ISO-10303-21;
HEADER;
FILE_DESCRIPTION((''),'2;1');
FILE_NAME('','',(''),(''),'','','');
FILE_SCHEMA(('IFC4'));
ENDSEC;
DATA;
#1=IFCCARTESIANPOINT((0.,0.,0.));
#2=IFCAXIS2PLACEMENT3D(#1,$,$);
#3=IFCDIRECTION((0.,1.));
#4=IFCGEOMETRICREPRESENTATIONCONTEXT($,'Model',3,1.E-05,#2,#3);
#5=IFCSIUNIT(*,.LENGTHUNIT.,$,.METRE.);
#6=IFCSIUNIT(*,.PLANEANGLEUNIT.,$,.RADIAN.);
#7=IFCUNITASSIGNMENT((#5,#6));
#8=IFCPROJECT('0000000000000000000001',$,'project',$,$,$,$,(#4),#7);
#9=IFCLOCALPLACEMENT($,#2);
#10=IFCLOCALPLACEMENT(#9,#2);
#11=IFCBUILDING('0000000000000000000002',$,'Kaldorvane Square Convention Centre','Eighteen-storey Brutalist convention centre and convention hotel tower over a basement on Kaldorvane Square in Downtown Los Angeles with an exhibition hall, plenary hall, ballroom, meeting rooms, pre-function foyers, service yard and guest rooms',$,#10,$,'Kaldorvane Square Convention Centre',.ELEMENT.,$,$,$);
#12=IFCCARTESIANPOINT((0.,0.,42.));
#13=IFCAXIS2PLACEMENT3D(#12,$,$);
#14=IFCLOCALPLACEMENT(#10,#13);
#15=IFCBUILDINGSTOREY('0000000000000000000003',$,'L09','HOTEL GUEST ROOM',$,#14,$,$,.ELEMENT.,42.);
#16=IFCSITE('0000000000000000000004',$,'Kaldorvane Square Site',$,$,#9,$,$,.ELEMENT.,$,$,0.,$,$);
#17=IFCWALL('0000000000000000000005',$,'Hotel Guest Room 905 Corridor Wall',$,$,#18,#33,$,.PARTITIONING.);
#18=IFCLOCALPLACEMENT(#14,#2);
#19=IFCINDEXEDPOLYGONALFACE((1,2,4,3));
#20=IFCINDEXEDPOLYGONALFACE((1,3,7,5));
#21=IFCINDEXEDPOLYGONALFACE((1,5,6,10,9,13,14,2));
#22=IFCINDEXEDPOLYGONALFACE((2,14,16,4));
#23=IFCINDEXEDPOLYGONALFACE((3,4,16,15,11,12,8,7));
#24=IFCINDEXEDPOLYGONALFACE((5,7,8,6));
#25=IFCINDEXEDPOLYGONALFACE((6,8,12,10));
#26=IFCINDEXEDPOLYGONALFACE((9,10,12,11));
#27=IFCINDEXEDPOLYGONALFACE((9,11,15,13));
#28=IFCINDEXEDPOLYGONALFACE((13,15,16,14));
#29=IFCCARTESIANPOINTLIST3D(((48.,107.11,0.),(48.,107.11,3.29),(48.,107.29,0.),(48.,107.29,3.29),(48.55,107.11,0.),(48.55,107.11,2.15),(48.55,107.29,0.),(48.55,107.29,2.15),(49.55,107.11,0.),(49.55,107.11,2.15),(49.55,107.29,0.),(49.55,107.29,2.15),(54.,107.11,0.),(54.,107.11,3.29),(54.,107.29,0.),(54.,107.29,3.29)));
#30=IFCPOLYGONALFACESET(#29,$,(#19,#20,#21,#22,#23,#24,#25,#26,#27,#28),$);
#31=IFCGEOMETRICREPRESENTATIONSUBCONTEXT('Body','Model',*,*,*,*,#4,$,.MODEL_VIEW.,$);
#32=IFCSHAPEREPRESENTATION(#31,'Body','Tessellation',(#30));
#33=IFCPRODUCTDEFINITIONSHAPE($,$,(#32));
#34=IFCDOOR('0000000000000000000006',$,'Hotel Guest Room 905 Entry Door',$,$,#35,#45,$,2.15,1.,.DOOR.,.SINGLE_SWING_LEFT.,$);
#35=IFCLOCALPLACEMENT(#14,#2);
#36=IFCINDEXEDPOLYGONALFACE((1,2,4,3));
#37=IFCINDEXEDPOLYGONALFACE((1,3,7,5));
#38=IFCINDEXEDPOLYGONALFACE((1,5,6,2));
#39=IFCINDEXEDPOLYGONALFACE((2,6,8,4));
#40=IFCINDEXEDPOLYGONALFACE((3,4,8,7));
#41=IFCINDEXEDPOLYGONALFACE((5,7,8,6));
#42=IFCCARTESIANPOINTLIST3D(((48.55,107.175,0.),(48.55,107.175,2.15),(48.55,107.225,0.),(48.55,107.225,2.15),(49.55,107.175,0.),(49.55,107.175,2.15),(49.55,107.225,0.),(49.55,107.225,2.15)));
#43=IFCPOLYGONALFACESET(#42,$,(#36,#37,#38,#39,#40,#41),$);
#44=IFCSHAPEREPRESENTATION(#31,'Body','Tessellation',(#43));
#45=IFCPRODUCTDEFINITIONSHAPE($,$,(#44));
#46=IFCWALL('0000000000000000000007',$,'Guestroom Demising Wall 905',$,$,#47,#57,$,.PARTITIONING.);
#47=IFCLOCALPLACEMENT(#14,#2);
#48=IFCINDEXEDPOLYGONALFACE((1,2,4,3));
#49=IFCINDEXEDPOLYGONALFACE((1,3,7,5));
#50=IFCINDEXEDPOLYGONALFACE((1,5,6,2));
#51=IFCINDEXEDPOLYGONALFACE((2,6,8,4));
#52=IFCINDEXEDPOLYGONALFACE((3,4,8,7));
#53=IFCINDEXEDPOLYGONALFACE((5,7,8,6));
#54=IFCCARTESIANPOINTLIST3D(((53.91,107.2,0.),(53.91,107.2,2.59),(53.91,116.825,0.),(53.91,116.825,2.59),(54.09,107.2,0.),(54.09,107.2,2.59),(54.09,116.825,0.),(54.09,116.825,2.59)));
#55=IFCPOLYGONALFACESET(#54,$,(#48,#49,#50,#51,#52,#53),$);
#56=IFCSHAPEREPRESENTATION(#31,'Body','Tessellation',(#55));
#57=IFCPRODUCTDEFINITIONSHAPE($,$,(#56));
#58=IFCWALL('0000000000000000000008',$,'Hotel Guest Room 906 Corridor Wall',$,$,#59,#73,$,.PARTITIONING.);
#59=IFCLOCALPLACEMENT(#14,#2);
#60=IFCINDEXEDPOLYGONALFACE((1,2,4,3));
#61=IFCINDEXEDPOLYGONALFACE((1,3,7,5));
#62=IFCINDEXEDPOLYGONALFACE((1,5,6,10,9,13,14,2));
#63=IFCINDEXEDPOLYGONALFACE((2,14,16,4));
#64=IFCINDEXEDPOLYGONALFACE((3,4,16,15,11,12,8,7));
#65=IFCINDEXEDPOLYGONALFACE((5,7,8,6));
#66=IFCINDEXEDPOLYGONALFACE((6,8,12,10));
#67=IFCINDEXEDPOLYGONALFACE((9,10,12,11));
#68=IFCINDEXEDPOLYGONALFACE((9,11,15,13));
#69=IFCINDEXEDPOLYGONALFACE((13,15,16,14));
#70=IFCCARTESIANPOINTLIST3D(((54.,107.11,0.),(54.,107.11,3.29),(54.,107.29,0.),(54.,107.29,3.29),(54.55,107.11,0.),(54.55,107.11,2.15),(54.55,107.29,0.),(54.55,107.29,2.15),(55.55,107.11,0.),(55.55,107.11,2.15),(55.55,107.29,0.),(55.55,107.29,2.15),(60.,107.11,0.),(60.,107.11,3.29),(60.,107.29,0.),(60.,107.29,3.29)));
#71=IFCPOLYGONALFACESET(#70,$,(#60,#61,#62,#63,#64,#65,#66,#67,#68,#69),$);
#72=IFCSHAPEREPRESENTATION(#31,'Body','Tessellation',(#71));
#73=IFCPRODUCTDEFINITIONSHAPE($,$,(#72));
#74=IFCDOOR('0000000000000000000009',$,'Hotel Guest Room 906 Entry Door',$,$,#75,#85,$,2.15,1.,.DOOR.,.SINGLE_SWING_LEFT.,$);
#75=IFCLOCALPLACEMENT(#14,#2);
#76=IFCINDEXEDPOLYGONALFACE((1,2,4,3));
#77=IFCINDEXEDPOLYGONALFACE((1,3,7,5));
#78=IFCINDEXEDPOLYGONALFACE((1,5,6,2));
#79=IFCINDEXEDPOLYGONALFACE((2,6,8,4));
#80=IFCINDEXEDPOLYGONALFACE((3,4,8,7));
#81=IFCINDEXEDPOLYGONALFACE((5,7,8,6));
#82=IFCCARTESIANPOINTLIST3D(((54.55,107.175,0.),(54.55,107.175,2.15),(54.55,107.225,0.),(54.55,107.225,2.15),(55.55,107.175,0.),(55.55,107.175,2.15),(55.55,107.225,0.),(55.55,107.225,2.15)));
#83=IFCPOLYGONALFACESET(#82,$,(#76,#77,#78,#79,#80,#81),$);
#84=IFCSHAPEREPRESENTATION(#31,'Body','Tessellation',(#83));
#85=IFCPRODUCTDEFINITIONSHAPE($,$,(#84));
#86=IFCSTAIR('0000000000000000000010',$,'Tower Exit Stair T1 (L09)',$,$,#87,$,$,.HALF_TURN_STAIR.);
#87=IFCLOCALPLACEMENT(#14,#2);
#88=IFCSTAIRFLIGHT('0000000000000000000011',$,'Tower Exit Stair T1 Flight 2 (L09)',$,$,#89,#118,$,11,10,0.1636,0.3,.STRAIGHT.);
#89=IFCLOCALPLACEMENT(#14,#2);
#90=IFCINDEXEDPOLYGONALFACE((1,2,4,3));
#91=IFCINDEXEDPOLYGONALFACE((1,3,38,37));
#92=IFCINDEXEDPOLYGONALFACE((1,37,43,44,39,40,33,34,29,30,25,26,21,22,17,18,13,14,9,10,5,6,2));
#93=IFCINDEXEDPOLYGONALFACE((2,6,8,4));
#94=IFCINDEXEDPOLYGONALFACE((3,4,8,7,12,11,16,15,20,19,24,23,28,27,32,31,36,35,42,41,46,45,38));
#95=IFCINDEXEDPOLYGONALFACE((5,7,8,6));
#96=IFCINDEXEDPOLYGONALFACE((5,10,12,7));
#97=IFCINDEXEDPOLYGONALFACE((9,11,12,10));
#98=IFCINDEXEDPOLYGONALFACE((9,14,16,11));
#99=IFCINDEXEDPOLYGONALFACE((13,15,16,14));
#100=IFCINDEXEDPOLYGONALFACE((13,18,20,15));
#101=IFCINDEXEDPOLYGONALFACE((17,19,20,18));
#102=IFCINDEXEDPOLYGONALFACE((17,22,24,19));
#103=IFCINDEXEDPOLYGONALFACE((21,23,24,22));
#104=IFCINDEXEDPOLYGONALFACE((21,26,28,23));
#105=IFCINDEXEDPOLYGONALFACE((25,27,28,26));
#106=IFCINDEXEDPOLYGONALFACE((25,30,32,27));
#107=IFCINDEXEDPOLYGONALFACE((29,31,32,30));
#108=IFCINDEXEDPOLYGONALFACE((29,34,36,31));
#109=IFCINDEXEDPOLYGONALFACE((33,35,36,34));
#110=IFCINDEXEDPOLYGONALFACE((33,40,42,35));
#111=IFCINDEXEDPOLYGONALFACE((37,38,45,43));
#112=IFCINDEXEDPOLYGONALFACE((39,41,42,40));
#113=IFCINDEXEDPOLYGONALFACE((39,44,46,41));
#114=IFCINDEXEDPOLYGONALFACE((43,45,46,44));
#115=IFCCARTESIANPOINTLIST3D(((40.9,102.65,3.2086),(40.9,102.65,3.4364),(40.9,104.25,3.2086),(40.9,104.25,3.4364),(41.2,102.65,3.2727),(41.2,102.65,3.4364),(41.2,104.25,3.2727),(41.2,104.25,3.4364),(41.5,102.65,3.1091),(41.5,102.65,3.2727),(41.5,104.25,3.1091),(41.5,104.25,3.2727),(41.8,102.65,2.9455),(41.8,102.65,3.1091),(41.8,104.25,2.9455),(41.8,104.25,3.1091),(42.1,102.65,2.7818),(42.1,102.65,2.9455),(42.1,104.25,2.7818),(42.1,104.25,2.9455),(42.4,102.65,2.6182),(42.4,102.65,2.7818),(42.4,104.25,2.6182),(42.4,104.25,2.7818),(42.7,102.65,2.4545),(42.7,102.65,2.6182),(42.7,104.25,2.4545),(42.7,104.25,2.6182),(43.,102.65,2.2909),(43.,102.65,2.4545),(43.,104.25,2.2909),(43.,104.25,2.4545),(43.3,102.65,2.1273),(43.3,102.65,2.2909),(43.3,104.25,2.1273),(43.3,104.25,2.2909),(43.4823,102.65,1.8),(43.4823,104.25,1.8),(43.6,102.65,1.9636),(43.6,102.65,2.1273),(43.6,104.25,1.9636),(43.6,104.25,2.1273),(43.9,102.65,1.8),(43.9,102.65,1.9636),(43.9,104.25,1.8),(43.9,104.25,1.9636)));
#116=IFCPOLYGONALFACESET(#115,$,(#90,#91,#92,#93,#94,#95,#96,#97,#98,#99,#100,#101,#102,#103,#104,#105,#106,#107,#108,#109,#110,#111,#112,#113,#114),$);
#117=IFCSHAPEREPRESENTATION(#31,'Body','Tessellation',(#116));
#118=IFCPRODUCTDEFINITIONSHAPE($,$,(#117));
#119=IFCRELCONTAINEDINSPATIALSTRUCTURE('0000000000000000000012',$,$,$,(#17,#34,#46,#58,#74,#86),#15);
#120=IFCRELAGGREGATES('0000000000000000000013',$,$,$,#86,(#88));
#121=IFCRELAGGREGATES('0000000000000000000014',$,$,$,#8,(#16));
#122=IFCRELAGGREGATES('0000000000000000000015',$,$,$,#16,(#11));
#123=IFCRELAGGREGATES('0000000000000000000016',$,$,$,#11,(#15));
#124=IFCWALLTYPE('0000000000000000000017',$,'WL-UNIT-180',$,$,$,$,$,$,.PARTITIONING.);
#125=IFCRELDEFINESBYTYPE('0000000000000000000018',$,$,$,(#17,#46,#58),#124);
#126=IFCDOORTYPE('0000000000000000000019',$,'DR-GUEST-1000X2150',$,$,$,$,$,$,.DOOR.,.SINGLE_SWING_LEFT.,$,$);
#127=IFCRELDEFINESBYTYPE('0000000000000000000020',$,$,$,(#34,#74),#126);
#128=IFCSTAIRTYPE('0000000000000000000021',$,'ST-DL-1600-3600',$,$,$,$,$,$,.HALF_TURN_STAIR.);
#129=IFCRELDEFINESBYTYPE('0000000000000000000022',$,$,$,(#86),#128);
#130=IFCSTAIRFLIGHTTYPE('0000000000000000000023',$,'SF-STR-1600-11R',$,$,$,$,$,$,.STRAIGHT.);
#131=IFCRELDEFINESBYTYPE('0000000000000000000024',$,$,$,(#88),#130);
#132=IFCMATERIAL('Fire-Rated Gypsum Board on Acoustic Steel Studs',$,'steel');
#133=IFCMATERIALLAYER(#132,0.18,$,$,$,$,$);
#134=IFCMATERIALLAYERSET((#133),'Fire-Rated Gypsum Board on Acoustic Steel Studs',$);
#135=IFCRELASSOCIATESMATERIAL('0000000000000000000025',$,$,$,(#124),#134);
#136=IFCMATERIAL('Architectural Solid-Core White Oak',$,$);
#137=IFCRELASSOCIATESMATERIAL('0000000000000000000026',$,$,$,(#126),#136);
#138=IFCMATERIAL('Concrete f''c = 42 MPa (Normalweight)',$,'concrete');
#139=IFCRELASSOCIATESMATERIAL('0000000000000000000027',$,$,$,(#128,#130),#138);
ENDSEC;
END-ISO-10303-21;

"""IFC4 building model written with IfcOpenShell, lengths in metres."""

from ifc_helpers import new_model, si_unit, direction, frame, frame_2d, origin, place, context, subcontext, project, spatial, polyline, rectangle, outline, extrude, material, layer, layer_set, type_object, element, fill, aggregate, save


model = new_model("IFC4")

# Units and contexts
model_context = context("Model", 3, precision=1e-05, world=origin(), true_north=direction((0.0, 1.0)))
body_context = subcontext(model_context, "Body", "Model", "MODEL_VIEW")
ifc_project = project(units=[si_unit("LENGTHUNIT", "METRE"), si_unit("PLANEANGLEUNIT", "RADIAN")], contexts=[model_context])

# Site, building, storey
site_placement = place(None, origin())
site = spatial("IfcSite", under=ifc_project, at=site_placement, Name="Kaldorvane Square Site", CompositionType="ELEMENT", RefElevation=0.0)
building_placement = place(site_placement, origin())
building = spatial("IfcBuilding", under=site, at=building_placement, Name="Kaldorvane Square Convention Centre", Description="Eighteen-storey Brutalist convention centre and convention hotel tower over a basement on Kaldorvane Square in Downtown Los Angeles with an exhibition hall, plenary hall, ballroom, meeting rooms, pre-function foyers, service yard and guest rooms", LongName="Kaldorvane Square Convention Centre", CompositionType="ELEMENT")
storey_placement = place(building_placement, frame((0.0, 0.0, 42.0)))
storey = spatial("IfcBuildingStorey", under=building, at=storey_placement, Name="L09", Description="HOTEL GUEST ROOM", CompositionType="ELEMENT", Elevation=42.0)

# Shared definitions
ifc_material_1 = material(Name="Concrete f'c = 42 MPa (Normalweight)", Category="concrete")

# Shared definitions
ifc_material_2 = material(Name="Fire-Rated Gypsum Board on Acoustic Steel Studs", Category="steel")
ifc_material_3 = material(Name="Architectural Solid-Core White Oak")

# Shared definitions
ifc_layer_1 = layer(ifc_material_2, 0.18)
ifc_layer_set_1 = layer_set([ifc_layer_1], Name="Fire-Rated Gypsum Board on Acoustic Steel Studs")
wall_type_1 = type_object("IfcWallType", Name="WL-UNIT-180", PredefinedType="PARTITIONING", material=ifc_layer_set_1)

# Wall, opening, door
wall_1_placement = place(storey_placement, frame((48.0, 107.2, 0.0), z_axis=(0.0, 0.0, 1.0), x_axis=(1.0, 0.0, 0.0)))
wall_1 = element("IfcWall", 1, at=wall_1_placement, inside=storey, type_object=wall_type_1, Name="Hotel Guest Room 905 Corridor Wall", PredefinedType="PARTITIONING", context=body_context, shape_type="SweptSolid", body=[
    extrude(rectangle(XDim=6.0, YDim=0.18, at=frame_2d((3.0, 0.0))), origin(), (0.0, 0.0, 1.0), 3.29),
])
opening_1_placement = place(wall_1_placement, frame((0.55, 0.0, 0.0)))
opening_1 = element("IfcOpeningElement", 2, at=opening_1_placement, cuts=wall_1, PredefinedType="OPENING", context=body_context, shape_type="SweptSolid", body=[
    extrude(rectangle(XDim=1.0, YDim=2.15, at=frame_2d((0.5, 1.075))), frame((0.0, 0.105, 0.0), z_axis=(0.0, -1.0, 0.0), x_axis=(1.0, 0.0, 0.0)), (0.0, 0.0, 1.0), 0.21),
])
door_type_1 = type_object("IfcDoorType", Name="DR-GUEST-1000X2150", OperationType="SINGLE_SWING_LEFT", PredefinedType="DOOR", material=ifc_material_3)
door_1_placement = place(opening_1_placement, origin())
door_1 = element("IfcDoor", 3, at=door_1_placement, inside=storey, type_object=door_type_1, Name="Hotel Guest Room 905 Entry Door", OperationType="SINGLE_SWING_LEFT", OverallHeight=2.15, OverallWidth=1.0, PredefinedType="DOOR", context=body_context, shape_type="SweptSolid", body=[
    extrude(rectangle(XDim=1.0, YDim=2.15, at=frame_2d((0.5, 1.075))), frame((0.0, 0.025, 0.0), z_axis=(0.0, -1.0, 0.0), x_axis=(1.0, 0.0, 0.0)), (0.0, 0.0, 1.0), 0.05),
])
fill(opening_1, door_1)

# Wall
wall_2_placement = place(storey_placement, frame((54.0, 107.2, 0.0), z_axis=(0.0, 0.0, 1.0), x_axis=(0.0, 1.0, 0.0)))
element("IfcWall", 4, at=wall_2_placement, inside=storey, type_object=wall_type_1, Name="Guestroom Demising Wall 905", PredefinedType="PARTITIONING", context=body_context, shape_type="SweptSolid", body=[
    extrude(rectangle(XDim=9.625, YDim=0.18, at=frame_2d((4.8125, 0.0))), origin(), (0.0, 0.0, 1.0), 2.59),
])

# Wall, opening, door
wall_3_placement = place(storey_placement, frame((54.0, 107.2, 0.0), z_axis=(0.0, 0.0, 1.0), x_axis=(1.0, 0.0, 0.0)))
wall_3 = element("IfcWall", 5, at=wall_3_placement, inside=storey, type_object=wall_type_1, Name="Hotel Guest Room 906 Corridor Wall", PredefinedType="PARTITIONING", context=body_context, shape_type="SweptSolid", body=[
    extrude(rectangle(XDim=6.0, YDim=0.18, at=frame_2d((3.0, 0.0))), origin(), (0.0, 0.0, 1.0), 3.29),
])
opening_2_placement = place(wall_3_placement, frame((0.55, 0.0, 0.0)))
opening_2 = element("IfcOpeningElement", 6, at=opening_2_placement, cuts=wall_3, PredefinedType="OPENING", context=body_context, shape_type="SweptSolid", body=[
    extrude(rectangle(XDim=1.0, YDim=2.15, at=frame_2d((0.5, 1.075))), frame((0.0, 0.105, 0.0), z_axis=(0.0, -1.0, 0.0), x_axis=(1.0, 0.0, 0.0)), (0.0, 0.0, 1.0), 0.21),
])
door_2_placement = place(opening_2_placement, origin())
door_2 = element("IfcDoor", 7, at=door_2_placement, inside=storey, type_object=door_type_1, Name="Hotel Guest Room 906 Entry Door", OperationType="SINGLE_SWING_LEFT", OverallHeight=2.15, OverallWidth=1.0, PredefinedType="DOOR", context=body_context, shape_type="SweptSolid", body=[
    extrude(rectangle(XDim=1.0, YDim=2.15, at=frame_2d((0.5, 1.075))), frame((0.0, 0.025, 0.0), z_axis=(0.0, -1.0, 0.0), x_axis=(1.0, 0.0, 0.0)), (0.0, 0.0, 1.0), 0.05),
])
fill(opening_2, door_2)

# Stair, stair flight
stair_type = type_object("IfcStairType", Name="ST-DL-1600-3600", PredefinedType="HALF_TURN_STAIR", material=ifc_material_1)
stair_placement = place(storey_placement, origin())
stair = element("IfcStair", 8, at=stair_placement, inside=storey, type_object=stair_type, Name="Tower Exit Stair T1 (L09)", PredefinedType="HALF_TURN_STAIR")
stair_flight_type = type_object("IfcStairFlightType", Name="SF-STR-1600-11R", PredefinedType="STRAIGHT", material=ifc_material_1)
stair_flight_placement = place(storey_placement, frame((43.9, 103.45, 1.8), z_axis=(0.0, 0.0, 1.0), x_axis=(-1.0, 0.0, 0.0)))
stair_flight = element("IfcStairFlight", 9, at=stair_flight_placement, type_object=stair_flight_type, Name="Tower Exit Stair T1 Flight 2 (L09)", NumberOfRisers=11, NumberOfTreads=10, PredefinedType="STRAIGHT", RiserHeight=0.1636, TreadLength=0.3, context=body_context, shape_type="SweptSolid", body=[
    extrude(outline(polyline([(0.0, 0.0), (0.0, 0.1636), (0.3, 0.1636), (0.3, 0.3273), (0.6, 0.3273), (0.6, 0.4909), (0.9, 0.4909), (0.9, 0.6545), (1.2, 0.6545), (1.2, 0.8182), (1.5, 0.8182), (1.5, 0.9818), (1.8, 0.9818), (1.8, 1.1455), (2.1, 1.1455), (2.1, 1.3091), (2.4, 1.3091), (2.4, 1.4727), (2.7, 1.4727), (2.7, 1.6364), (3.0, 1.6364), (3.0, 1.8), (3.0, 1.4086), (0.4177, 0.0), (0.0, 0.0)])), frame((0.0, 0.8, 0.0), z_axis=(0.0, -1.0, 0.0), x_axis=(1.0, 0.0, 0.0)), (0.0, 0.0, 1.0), 1.6),
])
aggregate(stair, [stair_flight])

save(model, "model.ifc")
